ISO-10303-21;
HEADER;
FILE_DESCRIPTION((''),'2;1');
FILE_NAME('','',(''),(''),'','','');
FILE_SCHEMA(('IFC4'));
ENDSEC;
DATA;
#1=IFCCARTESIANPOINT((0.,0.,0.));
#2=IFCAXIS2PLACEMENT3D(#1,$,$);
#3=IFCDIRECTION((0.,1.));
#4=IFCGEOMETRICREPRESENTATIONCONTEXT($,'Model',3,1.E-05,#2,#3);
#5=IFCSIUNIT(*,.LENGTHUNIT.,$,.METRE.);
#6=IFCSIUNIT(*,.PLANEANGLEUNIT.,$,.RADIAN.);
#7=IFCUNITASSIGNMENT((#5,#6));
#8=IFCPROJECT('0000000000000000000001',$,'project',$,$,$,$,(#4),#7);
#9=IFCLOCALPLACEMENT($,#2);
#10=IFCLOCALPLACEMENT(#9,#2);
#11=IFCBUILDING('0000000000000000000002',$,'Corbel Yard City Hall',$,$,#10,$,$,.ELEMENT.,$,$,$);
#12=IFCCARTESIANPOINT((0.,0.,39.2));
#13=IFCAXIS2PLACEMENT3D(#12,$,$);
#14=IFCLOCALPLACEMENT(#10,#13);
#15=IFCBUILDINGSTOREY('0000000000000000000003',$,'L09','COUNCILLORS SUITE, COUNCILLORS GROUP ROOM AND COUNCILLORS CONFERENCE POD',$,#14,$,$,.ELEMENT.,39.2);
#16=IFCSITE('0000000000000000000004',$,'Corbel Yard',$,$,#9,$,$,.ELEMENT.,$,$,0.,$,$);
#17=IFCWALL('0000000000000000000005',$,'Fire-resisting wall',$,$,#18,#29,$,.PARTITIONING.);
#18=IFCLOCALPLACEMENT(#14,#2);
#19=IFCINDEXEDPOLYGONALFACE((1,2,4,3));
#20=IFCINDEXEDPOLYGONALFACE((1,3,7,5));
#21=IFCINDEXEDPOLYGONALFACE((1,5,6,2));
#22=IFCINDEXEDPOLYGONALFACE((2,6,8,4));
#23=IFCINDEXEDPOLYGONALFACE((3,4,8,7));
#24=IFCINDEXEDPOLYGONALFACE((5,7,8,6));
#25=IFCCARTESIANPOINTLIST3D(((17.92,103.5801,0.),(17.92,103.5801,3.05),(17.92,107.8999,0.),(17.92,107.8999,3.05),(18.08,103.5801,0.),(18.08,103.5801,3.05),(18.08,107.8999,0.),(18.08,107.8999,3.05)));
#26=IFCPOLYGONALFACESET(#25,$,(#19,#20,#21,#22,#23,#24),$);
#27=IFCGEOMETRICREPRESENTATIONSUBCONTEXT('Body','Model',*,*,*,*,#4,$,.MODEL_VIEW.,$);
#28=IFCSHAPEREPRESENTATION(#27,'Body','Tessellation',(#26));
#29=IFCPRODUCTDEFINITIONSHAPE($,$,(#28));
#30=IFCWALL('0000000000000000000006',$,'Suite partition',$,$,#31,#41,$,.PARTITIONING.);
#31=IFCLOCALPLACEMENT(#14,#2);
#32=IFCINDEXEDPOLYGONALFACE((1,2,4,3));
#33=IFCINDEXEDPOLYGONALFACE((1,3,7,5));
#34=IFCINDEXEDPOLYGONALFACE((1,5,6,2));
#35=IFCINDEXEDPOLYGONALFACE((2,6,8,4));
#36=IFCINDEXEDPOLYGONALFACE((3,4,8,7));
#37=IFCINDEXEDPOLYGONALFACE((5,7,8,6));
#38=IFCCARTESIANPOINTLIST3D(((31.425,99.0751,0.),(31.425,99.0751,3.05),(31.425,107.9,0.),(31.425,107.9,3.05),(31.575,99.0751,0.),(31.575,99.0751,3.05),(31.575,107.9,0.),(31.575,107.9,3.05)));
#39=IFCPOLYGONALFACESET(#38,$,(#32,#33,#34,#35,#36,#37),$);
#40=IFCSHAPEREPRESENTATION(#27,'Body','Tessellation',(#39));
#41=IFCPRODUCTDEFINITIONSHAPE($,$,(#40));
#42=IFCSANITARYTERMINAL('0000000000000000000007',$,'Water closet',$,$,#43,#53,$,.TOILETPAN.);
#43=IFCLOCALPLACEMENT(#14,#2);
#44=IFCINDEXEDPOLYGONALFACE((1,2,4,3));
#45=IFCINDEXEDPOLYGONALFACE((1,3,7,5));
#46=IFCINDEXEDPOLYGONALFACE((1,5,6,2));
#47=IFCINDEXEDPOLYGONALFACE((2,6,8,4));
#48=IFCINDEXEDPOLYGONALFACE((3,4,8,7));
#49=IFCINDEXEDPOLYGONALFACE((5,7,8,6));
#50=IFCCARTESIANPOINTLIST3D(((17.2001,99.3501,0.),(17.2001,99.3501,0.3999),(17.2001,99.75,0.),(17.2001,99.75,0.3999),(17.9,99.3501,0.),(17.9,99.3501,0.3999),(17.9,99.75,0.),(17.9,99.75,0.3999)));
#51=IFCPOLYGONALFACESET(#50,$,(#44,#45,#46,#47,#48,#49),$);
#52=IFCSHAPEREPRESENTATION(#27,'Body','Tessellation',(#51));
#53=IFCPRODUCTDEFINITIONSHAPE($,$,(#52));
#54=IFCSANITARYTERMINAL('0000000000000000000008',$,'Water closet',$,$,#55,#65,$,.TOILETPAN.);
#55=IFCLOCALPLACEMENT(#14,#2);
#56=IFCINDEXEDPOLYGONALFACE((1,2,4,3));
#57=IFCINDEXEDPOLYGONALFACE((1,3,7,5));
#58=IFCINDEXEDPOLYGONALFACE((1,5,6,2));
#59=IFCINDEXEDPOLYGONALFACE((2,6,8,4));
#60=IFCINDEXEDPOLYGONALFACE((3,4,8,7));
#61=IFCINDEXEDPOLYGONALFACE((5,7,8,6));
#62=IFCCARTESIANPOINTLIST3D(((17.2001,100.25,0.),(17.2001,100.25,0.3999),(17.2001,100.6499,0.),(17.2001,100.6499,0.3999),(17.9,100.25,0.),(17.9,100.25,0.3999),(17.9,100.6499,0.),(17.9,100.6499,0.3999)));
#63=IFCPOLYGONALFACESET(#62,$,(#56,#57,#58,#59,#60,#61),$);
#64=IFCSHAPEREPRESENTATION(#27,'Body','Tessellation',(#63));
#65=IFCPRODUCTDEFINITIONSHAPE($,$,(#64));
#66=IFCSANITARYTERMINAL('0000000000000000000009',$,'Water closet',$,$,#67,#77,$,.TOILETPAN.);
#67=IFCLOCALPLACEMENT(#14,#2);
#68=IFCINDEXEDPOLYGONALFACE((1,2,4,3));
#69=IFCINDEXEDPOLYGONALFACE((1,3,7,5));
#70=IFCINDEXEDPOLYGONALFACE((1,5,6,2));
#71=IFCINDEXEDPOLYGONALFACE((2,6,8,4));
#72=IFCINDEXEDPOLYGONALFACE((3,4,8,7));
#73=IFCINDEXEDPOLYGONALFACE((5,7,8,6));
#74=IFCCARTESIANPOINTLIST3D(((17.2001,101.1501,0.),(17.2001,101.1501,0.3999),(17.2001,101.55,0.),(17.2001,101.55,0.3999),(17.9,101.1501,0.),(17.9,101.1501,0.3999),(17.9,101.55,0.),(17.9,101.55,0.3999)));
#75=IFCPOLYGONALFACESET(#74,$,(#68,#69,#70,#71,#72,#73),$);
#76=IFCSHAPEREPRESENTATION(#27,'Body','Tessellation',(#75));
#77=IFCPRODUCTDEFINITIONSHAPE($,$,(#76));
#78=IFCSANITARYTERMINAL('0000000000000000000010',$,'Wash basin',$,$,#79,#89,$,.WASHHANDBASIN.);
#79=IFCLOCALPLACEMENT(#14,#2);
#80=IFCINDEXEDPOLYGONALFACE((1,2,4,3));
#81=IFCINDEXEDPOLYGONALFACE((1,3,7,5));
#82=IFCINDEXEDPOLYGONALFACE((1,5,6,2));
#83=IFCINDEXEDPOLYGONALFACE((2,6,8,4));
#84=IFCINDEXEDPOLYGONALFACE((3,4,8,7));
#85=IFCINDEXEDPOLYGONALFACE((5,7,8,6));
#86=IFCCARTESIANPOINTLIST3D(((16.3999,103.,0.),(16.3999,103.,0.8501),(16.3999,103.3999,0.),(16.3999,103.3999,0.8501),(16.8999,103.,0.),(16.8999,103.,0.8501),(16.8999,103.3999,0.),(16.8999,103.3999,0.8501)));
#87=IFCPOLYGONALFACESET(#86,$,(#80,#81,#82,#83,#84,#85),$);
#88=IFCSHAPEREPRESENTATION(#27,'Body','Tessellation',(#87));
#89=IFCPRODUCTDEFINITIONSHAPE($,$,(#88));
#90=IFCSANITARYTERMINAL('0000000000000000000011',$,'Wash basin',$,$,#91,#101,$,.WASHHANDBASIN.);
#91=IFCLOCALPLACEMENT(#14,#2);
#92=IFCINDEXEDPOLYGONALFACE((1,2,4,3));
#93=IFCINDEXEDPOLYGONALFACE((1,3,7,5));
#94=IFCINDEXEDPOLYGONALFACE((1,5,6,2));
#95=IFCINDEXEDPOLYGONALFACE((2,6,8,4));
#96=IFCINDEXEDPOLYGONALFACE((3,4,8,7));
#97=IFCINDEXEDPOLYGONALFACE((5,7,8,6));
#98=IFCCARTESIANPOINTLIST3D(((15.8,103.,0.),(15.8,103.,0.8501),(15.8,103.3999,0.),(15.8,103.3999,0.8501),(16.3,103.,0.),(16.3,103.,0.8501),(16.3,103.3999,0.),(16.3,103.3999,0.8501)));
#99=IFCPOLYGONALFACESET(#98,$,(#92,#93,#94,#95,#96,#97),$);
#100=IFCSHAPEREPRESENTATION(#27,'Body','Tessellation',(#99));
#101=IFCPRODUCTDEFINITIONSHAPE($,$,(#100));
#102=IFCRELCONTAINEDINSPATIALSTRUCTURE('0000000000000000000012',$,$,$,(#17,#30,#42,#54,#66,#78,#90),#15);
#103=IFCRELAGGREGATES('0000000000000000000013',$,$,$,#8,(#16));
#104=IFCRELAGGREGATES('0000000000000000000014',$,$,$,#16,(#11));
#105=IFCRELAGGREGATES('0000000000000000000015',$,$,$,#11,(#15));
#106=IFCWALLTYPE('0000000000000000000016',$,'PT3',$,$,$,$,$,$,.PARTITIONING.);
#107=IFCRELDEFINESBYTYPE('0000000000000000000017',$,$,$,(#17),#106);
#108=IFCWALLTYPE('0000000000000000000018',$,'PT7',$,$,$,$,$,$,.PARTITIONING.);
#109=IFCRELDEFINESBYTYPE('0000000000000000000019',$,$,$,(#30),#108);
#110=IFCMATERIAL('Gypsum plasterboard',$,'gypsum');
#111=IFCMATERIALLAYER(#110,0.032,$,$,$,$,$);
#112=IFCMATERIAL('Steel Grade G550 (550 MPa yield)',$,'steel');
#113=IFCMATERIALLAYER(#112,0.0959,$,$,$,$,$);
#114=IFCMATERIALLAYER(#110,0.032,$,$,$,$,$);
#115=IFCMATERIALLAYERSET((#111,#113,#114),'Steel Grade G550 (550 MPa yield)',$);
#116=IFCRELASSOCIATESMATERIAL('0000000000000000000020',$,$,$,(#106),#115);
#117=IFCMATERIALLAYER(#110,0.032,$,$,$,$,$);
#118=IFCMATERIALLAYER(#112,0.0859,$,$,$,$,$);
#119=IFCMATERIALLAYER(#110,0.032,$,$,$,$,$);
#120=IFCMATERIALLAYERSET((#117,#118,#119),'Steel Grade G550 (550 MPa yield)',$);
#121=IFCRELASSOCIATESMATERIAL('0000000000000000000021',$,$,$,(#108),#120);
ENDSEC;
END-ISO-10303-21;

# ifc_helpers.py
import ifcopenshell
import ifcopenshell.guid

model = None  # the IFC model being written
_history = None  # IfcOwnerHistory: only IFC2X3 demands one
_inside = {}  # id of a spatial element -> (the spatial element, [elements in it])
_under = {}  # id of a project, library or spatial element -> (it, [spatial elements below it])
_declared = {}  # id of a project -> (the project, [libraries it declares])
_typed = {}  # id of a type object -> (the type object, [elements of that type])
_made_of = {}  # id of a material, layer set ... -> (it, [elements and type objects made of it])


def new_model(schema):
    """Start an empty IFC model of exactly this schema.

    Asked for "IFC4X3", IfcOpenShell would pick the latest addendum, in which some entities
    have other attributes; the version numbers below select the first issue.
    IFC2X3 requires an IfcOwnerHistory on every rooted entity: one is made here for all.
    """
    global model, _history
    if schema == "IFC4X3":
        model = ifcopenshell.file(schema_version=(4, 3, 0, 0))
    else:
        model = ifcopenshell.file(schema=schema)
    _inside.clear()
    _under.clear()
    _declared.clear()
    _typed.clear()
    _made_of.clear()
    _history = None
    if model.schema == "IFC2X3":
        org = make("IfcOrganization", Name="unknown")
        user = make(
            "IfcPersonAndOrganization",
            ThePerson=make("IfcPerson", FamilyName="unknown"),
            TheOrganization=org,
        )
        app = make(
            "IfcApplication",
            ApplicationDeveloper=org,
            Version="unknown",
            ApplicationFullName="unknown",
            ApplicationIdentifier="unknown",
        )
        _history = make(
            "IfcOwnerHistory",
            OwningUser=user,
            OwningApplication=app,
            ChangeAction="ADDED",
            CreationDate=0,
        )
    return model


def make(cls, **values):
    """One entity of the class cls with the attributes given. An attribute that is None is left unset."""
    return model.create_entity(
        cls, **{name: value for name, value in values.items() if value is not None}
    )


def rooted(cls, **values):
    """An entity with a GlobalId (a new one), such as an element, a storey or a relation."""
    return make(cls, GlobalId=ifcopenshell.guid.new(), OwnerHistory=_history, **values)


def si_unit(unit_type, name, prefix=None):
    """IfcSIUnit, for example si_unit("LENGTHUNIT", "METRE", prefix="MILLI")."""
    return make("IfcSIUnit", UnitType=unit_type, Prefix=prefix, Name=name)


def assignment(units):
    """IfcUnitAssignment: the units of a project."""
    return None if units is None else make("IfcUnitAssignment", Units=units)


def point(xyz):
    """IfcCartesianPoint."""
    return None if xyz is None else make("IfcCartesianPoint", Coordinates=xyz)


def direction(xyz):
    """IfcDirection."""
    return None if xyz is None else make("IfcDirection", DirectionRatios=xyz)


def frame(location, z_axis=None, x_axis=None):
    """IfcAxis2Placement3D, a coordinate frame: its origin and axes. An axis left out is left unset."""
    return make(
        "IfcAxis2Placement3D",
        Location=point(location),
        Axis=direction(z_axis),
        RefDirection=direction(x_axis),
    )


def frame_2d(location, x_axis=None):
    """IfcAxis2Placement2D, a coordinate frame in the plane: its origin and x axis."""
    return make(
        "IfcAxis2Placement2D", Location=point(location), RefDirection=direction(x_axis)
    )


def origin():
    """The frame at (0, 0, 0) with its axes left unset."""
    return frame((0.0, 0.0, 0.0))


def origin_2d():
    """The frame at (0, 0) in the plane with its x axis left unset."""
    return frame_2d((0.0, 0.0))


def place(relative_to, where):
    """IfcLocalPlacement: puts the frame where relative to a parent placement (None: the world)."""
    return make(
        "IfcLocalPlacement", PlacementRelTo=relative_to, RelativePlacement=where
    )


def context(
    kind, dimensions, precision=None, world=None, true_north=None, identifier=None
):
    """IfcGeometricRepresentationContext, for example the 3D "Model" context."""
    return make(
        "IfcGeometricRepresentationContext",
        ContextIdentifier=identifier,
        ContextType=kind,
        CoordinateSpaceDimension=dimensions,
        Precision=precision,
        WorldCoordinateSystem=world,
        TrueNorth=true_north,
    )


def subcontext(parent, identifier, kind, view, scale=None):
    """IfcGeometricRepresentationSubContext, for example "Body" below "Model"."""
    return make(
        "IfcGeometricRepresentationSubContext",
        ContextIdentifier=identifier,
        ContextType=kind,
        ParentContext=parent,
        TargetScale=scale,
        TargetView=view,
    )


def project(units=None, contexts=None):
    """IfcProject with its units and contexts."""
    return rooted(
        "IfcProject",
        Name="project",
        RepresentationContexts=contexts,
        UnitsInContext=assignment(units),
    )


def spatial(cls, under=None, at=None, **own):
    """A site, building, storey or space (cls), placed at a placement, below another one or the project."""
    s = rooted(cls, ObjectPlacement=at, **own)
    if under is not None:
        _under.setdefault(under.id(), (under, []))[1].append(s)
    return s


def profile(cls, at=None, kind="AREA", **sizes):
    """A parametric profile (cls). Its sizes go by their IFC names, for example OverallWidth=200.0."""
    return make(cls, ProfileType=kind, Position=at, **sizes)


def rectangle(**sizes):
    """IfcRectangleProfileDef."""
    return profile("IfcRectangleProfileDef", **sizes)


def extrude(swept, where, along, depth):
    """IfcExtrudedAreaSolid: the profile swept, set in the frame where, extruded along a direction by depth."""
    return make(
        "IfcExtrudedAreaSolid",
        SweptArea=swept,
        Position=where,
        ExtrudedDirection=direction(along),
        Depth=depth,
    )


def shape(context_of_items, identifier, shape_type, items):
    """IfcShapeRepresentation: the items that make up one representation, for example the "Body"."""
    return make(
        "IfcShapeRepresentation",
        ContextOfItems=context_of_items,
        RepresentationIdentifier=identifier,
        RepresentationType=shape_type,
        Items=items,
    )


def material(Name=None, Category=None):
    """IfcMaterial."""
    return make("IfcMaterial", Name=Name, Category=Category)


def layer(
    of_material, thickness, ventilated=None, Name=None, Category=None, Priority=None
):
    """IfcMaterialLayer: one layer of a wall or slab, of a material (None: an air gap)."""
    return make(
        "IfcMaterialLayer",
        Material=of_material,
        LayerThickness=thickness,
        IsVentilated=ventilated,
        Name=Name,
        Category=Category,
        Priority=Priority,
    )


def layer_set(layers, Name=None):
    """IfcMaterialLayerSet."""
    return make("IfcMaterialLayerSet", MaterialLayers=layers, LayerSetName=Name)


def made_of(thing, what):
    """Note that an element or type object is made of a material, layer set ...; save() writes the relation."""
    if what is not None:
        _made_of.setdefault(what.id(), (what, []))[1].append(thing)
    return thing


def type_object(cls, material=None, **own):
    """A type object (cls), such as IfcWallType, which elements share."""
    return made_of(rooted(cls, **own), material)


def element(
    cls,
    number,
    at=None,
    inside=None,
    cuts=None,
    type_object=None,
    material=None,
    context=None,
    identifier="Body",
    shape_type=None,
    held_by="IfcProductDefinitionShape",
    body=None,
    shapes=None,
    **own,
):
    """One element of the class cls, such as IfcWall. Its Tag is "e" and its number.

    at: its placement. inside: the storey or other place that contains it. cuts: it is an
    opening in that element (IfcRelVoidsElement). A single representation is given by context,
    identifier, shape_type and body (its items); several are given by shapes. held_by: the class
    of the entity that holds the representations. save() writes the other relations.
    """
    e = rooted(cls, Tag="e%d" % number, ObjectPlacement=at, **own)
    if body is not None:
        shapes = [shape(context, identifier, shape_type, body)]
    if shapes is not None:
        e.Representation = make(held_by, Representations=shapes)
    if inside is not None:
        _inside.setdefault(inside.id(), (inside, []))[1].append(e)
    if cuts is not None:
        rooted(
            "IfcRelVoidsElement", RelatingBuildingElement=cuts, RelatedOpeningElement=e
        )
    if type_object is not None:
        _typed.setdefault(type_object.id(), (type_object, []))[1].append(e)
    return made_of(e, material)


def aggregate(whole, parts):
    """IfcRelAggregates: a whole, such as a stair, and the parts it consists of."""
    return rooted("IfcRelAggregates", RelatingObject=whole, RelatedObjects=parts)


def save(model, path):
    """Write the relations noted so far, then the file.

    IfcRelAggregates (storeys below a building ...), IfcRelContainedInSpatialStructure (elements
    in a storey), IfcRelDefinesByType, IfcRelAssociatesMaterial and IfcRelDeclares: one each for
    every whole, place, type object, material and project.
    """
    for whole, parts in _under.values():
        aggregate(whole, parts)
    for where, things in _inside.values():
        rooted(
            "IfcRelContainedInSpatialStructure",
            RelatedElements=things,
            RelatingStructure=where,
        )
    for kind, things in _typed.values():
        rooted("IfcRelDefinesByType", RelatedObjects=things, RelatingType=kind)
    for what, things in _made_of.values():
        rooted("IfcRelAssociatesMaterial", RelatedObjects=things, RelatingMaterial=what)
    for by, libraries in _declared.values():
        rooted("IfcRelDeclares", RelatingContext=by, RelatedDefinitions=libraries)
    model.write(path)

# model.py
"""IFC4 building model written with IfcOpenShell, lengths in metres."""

from ifc_helpers import new_model, si_unit, direction, frame, frame_2d, origin, origin_2d, place, context, subcontext, project, spatial, rectangle, extrude, material, layer, layer_set, type_object, element, save


model = new_model("IFC4")

# Units and contexts
model_context = context("Model", 3, precision=1e-05, world=origin(), true_north=direction((0.0, 1.0)))
body_context = subcontext(model_context, "Body", "Model", "MODEL_VIEW")
ifc_project = project(units=[si_unit("LENGTHUNIT", "METRE"), si_unit("PLANEANGLEUNIT", "RADIAN")], contexts=[model_context])

# Site, building, storey
site_placement = place(None, origin())
site = spatial("IfcSite", under=ifc_project, at=site_placement, Name="Corbel Yard", CompositionType="ELEMENT", RefElevation=0.0)
building_placement = place(site_placement, origin())
building = spatial("IfcBuilding", under=site, at=building_placement, Name="Corbel Yard City Hall", CompositionType="ELEMENT")
storey_placement = place(building_placement, frame((0.0, 0.0, 39.2)))
storey = spatial("IfcBuildingStorey", under=building, at=storey_placement, Name="L09", Description="COUNCILLORS SUITE, COUNCILLORS GROUP ROOM AND COUNCILLORS CONFERENCE POD", CompositionType="ELEMENT", Elevation=39.2)

# Shared definitions
ifc_material_1 = material(Name="Gypsum plasterboard", Category="gypsum")
ifc_material_2 = material(Name="Steel Grade G550 (550 MPa yield)", Category="steel")

# Shared definitions
ifc_layer_1 = layer(ifc_material_1, 0.032)
ifc_layer_2 = layer(ifc_material_2, 0.0959)
ifc_layer_3 = layer(ifc_material_1, 0.032)
ifc_layer_set_1 = layer_set([ifc_layer_1, ifc_layer_2, ifc_layer_3], Name="Steel Grade G550 (550 MPa yield)")
wall_type_1 = type_object("IfcWallType", Name="PT3", PredefinedType="PARTITIONING", material=ifc_layer_set_1)

# Walls
wall_1_placement = place(storey_placement, frame((18.0, 103.5801, 0.0), z_axis=(0.0, 0.0, 1.0), x_axis=(0.0, 1.0, 0.0)))
element("IfcWall", 1, at=wall_1_placement, inside=storey, type_object=wall_type_1, Name="Fire-resisting wall", PredefinedType="PARTITIONING", context=body_context, shape_type="SweptSolid", body=[
    extrude(rectangle(XDim=4.3198, YDim=0.1599, at=frame_2d((2.1599, 0.0))), origin(), (0.0, 0.0, 1.0), 3.05),
])
ifc_layer_4 = layer(ifc_material_1, 0.032)
ifc_layer_5 = layer(ifc_material_2, 0.0859)
ifc_layer_6 = layer(ifc_material_1, 0.032)
ifc_layer_set_2 = layer_set([ifc_layer_4, ifc_layer_5, ifc_layer_6], Name="Steel Grade G550 (550 MPa yield)")
wall_type_2 = type_object("IfcWallType", Name="PT7", PredefinedType="PARTITIONING", material=ifc_layer_set_2)
wall_2_placement = place(storey_placement, frame((31.5, 99.075, 0.0), z_axis=(0.0, 0.0, 1.0), x_axis=(0.0, 1.0, 0.0)))
element("IfcWall", 2, at=wall_2_placement, inside=storey, type_object=wall_type_2, Name="Suite partition", PredefinedType="PARTITIONING", context=body_context, shape_type="SweptSolid", body=[
    extrude(rectangle(XDim=8.825, YDim=0.1499, at=frame_2d((4.4126, 0.0))), origin(), (0.0, 0.0, 1.0), 3.05),
])

# Sanitary terminals
for number, where, z_axis, x_axis, name in (
    (3, (17.55, 99.55, 0.0), (0.0, 0.0, 1.0), (1.0, 0.0, 0.0), "Water closet"),
    (4, (17.55, 100.45, 0.0), (0.0, 0.0, 1.0), (1.0, 0.0, 0.0), "Water closet"),
    (5, (17.55, 101.3501, 0.0), (0.0, 0.0, 1.0), (1.0, 0.0, 0.0), "Water closet"),
):
    element("IfcSanitaryTerminal", number, at=place(storey_placement, frame(where, z_axis=z_axis, x_axis=x_axis)), inside=storey, Name=name, PredefinedType="TOILETPAN", context=body_context, shape_type="SweptSolid", body=[
        extrude(rectangle(XDim=0.7, YDim=0.3999, at=origin_2d()), origin(), (0.0, 0.0, 1.0), 0.3999),
    ])
for number, where, z_axis, x_axis, name in (
    (6, (16.6499, 103.2, 0.0), (0.0, 0.0, 1.0), (1.0, 0.0, 0.0), "Wash basin"),
    (7, (16.05, 103.2, 0.0), (0.0, 0.0, 1.0), (1.0, 0.0, 0.0), "Wash basin"),
):
    element("IfcSanitaryTerminal", number, at=place(storey_placement, frame(where, z_axis=z_axis, x_axis=x_axis)), inside=storey, Name=name, PredefinedType="WASHHANDBASIN", context=body_context, shape_type="SweptSolid", body=[
        extrude(rectangle(XDim=0.5, YDim=0.3999, at=origin_2d()), origin(), (0.0, 0.0, 1.0), 0.8501),
    ])

save(model, "model.ifc")
